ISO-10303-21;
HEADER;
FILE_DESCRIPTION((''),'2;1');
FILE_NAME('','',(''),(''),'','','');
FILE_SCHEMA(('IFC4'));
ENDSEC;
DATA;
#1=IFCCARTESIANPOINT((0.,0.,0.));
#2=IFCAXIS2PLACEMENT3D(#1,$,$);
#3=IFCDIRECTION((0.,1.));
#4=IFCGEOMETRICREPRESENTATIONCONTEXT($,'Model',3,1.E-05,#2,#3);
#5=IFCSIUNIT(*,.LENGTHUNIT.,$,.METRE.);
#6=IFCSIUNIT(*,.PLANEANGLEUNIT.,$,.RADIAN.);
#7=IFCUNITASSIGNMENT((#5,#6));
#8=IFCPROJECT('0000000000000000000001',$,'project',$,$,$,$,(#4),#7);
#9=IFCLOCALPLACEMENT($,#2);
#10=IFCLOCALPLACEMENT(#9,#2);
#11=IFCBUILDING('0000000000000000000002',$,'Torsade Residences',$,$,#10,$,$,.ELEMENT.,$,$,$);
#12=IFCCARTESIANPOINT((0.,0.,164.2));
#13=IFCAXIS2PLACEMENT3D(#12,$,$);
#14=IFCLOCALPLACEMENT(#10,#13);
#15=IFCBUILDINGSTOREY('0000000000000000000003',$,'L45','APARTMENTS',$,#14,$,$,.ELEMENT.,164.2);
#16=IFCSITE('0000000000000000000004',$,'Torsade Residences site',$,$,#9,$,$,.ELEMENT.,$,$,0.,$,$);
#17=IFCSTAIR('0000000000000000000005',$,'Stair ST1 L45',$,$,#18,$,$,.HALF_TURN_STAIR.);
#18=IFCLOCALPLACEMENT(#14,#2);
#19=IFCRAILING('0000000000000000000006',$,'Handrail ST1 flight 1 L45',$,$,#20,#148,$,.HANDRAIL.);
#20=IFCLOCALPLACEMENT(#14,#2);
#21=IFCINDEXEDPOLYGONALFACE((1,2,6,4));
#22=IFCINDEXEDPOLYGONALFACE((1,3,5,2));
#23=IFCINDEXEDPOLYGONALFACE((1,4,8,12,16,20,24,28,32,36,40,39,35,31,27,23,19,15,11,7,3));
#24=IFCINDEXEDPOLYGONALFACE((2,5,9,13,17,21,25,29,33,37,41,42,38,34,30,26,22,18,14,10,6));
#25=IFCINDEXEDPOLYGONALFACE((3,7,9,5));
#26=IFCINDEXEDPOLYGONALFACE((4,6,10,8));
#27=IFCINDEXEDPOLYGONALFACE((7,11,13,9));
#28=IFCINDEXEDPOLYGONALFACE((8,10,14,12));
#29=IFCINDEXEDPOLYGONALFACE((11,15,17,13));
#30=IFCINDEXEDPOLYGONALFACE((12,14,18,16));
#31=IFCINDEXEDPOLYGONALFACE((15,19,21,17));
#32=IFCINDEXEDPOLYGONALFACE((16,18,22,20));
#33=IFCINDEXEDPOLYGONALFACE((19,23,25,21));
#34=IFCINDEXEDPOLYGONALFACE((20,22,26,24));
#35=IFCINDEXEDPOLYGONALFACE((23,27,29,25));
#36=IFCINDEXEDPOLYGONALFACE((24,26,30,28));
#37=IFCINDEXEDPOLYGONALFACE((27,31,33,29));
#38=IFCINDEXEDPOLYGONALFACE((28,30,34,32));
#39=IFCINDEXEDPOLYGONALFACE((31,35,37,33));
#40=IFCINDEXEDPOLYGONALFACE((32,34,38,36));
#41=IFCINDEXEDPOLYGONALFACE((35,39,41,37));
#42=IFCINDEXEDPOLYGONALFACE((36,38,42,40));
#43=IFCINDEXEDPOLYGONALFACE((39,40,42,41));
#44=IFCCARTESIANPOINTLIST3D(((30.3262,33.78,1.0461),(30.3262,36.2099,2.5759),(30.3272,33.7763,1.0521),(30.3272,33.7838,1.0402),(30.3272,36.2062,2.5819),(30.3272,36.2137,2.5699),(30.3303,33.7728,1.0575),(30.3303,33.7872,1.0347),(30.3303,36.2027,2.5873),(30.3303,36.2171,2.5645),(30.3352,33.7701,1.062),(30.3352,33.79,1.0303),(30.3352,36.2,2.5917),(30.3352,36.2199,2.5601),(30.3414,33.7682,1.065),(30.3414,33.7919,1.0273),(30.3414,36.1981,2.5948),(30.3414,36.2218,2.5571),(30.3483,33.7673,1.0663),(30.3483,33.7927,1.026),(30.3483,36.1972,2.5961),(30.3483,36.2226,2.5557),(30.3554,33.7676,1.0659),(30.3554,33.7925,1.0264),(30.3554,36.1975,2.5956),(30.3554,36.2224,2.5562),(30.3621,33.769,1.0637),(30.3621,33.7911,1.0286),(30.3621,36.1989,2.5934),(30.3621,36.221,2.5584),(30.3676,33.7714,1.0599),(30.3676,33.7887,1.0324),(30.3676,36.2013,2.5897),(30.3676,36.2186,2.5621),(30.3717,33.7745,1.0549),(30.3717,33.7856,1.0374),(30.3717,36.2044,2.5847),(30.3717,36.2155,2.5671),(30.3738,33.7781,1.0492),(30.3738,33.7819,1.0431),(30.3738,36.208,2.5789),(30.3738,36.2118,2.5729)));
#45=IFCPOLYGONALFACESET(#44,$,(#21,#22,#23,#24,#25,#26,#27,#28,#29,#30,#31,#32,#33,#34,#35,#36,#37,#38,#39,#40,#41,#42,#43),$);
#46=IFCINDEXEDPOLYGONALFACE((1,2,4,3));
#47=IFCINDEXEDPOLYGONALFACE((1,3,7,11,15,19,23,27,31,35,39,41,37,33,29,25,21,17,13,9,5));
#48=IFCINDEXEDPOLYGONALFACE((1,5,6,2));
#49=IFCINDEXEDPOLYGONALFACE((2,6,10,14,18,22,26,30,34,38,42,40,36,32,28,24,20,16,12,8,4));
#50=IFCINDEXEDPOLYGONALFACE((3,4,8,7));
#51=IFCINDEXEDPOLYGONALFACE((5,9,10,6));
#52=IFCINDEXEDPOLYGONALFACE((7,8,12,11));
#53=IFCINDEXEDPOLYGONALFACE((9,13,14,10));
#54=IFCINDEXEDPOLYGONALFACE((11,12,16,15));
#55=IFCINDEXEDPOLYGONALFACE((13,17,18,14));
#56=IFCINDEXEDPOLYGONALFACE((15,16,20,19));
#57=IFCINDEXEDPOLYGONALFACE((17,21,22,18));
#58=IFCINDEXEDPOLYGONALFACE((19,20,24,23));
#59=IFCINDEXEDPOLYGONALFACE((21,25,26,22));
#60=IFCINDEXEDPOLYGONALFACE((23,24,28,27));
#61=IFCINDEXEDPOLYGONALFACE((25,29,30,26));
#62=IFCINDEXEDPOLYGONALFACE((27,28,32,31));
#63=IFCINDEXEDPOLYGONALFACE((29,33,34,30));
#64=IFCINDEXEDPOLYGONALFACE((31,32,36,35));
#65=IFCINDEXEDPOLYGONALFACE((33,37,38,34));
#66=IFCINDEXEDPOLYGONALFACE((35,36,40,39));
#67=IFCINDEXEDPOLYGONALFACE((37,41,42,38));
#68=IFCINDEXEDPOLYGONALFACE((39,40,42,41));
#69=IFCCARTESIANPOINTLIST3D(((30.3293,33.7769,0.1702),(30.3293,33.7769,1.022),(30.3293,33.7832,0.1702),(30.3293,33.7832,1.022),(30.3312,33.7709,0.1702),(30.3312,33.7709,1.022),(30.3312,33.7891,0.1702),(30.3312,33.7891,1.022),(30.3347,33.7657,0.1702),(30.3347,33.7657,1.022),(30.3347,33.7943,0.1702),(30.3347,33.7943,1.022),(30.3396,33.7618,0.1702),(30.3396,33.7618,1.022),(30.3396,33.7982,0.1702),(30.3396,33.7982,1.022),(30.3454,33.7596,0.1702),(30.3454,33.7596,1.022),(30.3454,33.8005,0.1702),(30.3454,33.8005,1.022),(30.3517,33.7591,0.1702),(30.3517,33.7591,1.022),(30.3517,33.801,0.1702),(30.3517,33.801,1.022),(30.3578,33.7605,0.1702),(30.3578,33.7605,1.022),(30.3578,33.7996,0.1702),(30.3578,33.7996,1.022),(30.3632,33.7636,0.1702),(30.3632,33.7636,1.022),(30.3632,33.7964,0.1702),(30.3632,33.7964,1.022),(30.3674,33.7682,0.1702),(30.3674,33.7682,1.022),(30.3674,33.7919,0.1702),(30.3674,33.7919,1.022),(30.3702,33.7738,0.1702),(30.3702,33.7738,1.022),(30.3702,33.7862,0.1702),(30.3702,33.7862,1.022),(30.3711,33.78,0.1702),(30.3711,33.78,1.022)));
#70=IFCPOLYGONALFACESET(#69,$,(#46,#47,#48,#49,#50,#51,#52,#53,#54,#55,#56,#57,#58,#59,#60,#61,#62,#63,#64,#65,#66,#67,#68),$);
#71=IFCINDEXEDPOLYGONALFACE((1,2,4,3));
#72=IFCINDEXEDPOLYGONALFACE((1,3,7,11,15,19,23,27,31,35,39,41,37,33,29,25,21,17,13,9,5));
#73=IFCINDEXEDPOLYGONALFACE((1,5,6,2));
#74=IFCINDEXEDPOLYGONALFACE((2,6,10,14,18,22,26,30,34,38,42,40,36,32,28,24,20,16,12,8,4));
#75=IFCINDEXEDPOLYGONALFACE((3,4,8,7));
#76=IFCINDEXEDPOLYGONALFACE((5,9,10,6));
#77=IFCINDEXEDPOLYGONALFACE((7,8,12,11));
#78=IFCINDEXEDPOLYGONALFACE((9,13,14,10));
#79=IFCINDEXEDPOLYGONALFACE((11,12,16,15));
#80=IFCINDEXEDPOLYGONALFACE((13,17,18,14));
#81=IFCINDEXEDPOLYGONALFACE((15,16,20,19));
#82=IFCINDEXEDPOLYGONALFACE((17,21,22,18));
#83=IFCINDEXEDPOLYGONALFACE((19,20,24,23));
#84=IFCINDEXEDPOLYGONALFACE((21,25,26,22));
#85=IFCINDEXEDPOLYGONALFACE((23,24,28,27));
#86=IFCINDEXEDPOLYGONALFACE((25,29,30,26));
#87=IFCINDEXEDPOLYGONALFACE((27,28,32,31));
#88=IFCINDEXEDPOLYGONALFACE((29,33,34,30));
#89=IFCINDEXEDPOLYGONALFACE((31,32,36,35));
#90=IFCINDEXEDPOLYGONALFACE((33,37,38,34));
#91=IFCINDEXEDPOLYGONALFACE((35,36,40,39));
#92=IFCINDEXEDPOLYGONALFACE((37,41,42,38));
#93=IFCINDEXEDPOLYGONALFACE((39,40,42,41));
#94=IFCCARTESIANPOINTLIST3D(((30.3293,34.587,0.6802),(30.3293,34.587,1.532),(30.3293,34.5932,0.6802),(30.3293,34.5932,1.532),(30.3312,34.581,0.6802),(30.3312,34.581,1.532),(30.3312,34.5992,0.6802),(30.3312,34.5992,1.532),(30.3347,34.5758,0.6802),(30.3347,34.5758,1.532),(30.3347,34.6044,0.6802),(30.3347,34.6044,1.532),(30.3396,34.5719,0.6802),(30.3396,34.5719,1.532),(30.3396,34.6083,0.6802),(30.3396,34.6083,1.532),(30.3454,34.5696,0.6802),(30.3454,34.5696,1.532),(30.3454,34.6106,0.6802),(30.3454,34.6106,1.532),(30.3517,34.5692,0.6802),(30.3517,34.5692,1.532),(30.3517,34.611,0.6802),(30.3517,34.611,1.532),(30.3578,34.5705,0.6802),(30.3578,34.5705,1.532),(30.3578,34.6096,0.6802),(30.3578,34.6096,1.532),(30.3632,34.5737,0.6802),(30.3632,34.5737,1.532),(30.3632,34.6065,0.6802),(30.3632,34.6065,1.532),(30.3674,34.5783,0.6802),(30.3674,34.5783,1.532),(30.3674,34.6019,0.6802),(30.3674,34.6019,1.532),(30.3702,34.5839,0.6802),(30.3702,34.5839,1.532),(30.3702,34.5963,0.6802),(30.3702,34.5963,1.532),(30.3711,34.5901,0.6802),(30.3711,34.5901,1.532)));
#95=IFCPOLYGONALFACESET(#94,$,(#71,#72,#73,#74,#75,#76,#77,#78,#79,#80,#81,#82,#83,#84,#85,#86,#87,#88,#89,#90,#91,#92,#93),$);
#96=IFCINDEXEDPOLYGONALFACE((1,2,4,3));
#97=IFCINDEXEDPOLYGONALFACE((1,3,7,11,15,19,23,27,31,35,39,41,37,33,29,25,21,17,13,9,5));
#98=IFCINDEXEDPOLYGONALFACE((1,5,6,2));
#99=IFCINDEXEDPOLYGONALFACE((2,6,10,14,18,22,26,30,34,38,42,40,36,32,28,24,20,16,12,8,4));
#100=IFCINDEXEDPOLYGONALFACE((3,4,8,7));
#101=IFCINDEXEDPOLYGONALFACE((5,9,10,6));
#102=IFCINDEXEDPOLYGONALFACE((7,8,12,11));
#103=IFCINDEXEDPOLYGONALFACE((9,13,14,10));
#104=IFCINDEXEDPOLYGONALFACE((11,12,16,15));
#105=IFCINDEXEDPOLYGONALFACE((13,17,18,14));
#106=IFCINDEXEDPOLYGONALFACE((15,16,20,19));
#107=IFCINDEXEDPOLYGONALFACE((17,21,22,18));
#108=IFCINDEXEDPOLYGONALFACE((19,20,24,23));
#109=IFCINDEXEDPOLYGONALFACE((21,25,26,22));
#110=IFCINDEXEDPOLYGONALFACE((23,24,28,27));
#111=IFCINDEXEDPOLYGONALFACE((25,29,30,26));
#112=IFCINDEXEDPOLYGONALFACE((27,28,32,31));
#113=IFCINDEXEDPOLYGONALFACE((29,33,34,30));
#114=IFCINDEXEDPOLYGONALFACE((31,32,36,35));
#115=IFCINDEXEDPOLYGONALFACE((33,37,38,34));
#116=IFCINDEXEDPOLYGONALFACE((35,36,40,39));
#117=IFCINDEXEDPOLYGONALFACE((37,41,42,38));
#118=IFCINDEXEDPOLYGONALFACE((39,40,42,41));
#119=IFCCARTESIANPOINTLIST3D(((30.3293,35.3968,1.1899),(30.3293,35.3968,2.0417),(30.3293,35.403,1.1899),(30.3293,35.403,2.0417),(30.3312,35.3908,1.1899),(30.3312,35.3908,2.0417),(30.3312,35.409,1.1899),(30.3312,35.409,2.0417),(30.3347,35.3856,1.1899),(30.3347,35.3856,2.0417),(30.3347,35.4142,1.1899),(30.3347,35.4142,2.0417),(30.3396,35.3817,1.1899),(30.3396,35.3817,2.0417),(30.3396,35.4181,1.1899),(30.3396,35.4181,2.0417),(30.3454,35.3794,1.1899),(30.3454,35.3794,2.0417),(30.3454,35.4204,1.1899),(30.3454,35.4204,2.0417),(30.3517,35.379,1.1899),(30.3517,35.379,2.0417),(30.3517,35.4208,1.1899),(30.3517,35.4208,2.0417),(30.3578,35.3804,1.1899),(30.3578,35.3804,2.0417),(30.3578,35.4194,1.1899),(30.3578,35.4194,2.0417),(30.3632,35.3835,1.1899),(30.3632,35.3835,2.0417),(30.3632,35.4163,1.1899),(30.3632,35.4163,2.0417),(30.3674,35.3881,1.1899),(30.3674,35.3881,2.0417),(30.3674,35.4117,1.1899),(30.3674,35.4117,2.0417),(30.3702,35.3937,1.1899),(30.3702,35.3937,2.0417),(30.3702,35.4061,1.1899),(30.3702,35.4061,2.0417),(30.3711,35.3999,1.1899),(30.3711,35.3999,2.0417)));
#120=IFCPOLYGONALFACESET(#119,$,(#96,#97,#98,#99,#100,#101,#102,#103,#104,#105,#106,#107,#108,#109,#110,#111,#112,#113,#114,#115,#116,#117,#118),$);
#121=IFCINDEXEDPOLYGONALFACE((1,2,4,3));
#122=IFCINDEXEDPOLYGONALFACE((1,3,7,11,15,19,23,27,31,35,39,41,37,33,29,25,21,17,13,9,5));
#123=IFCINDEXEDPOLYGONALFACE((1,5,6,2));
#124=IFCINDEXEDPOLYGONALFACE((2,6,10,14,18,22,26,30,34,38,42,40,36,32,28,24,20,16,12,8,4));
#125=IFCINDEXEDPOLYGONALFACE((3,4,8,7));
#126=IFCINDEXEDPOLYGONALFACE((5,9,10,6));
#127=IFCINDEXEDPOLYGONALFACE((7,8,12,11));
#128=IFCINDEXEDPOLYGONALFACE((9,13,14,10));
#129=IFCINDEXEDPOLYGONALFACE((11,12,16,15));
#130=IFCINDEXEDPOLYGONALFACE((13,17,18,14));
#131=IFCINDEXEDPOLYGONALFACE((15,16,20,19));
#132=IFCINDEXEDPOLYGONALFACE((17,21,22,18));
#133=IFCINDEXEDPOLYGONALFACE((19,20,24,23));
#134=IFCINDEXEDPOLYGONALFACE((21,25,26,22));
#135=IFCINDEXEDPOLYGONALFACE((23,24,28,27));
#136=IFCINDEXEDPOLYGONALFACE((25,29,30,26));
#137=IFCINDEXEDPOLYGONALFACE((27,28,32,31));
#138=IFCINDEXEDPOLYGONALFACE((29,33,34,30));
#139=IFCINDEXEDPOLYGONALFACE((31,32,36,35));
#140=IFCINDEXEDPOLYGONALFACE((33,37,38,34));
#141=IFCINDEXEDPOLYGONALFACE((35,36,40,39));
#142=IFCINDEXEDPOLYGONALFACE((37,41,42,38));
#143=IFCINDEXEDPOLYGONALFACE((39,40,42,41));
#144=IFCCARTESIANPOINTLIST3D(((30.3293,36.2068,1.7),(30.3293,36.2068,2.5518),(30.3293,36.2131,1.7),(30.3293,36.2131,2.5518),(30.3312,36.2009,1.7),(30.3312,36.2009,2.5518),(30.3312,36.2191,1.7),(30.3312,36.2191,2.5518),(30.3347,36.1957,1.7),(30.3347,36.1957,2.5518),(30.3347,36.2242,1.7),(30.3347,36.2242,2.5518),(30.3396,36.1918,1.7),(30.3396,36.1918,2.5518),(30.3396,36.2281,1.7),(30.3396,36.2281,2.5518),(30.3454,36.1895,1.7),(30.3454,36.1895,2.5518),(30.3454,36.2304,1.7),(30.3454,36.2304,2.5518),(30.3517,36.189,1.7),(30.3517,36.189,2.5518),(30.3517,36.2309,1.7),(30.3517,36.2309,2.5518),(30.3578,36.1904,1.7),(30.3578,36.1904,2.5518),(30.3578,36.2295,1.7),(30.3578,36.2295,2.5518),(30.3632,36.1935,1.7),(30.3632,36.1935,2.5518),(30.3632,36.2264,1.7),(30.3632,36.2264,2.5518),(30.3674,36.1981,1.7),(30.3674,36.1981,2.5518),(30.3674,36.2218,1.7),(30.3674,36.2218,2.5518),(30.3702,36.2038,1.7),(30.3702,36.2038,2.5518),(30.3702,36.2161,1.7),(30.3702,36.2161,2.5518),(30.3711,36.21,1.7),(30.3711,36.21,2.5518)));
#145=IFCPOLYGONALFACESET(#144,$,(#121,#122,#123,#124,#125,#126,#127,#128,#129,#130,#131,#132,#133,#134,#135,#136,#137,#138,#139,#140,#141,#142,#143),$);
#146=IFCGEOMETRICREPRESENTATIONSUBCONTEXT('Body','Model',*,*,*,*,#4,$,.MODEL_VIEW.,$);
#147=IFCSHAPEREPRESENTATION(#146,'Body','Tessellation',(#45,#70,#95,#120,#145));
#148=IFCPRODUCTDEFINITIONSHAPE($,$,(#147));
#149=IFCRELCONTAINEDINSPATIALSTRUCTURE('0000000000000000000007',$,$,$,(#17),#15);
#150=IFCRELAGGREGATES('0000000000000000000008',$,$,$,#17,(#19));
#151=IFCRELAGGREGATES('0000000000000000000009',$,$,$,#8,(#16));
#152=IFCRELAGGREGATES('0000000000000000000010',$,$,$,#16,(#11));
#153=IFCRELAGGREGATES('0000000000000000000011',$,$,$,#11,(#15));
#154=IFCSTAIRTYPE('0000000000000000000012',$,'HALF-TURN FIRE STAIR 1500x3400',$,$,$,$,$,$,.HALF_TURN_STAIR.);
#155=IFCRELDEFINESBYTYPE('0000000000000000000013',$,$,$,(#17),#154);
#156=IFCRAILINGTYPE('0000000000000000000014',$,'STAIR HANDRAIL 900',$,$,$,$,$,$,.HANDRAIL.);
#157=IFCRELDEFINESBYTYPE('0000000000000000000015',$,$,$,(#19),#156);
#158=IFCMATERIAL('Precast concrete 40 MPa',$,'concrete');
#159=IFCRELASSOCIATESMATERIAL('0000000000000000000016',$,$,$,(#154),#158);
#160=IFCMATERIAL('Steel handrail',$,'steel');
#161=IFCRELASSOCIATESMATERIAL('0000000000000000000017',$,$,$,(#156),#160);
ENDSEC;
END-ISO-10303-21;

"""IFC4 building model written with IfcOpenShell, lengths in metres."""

from ifc_helpers import new_model, si_unit, direction, frame, origin, origin_2d, place, context, subcontext, project, spatial, circle, extrude, material, type_object, element, aggregate, save


model = new_model("IFC4")

# Units and contexts
model_context = context("Model", 3, precision=1e-05, world=origin(), true_north=direction((0.0, 1.0)))
body_context = subcontext(model_context, "Body", "Model", "MODEL_VIEW")
ifc_project = project(units=[si_unit("LENGTHUNIT", "METRE"), si_unit("PLANEANGLEUNIT", "RADIAN")], contexts=[model_context])

# Site, building, storey
site_placement = place(None, origin())
site = spatial("IfcSite", under=ifc_project, at=site_placement, Name="Torsade Residences site", CompositionType="ELEMENT", RefElevation=0.0)
building_placement = place(site_placement, origin())
building = spatial("IfcBuilding", under=site, at=building_placement, Name="Torsade Residences", CompositionType="ELEMENT")
storey_placement = place(building_placement, frame((0.0, 0.0, 164.2)))
storey = spatial("IfcBuildingStorey", under=building, at=storey_placement, Name="L45", Description="APARTMENTS", CompositionType="ELEMENT", Elevation=164.2)

# Stair, railing
ifc_material_1 = material(Name="Precast concrete 40 MPa", Category="concrete")
stair_type = type_object("IfcStairType", Name="HALF-TURN FIRE STAIR 1500x3400", PredefinedType="HALF_TURN_STAIR", material=ifc_material_1)
stair_placement = place(storey_placement, origin())
stair = element("IfcStair", 1, at=stair_placement, inside=storey, type_object=stair_type, Name="Stair ST1 L45", PredefinedType="HALF_TURN_STAIR")
ifc_material_2 = material(Name="Steel handrail", Category="steel")
railing_type = type_object("IfcRailingType", Name="STAIR HANDRAIL 900", PredefinedType="HANDRAIL", material=ifc_material_2)
railing_1_placement = place(storey_placement, frame((30.3501, 33.78, 0.1702)))
railing_1 = element("IfcRailing", 2, at=railing_1_placement, type_object=railing_type, Name="Handrail ST1 flight 1 L45", PredefinedType="HANDRAIL", context=body_context, shape_type="SweptSolid", body=[
    extrude(circle(Radius=0.0239, at=origin_2d()), frame((0.0, 0.0, 0.876), z_axis=(0.0, 0.84626, 0.53277), x_axis=(-1.0, 0.0, 0.0)), (0.0, 0.0, 1.0), 2.8713),
    extrude(circle(Radius=0.021, at=origin_2d()), origin(), (0.0, 0.0, 1.0), 0.8518),
    extrude(circle(Radius=0.021, at=origin_2d()), frame((0.0, 0.8101, 0.51)), (0.0, 0.0, 1.0), 0.8518),
    extrude(circle(Radius=0.021, at=origin_2d()), frame((0.0, 1.6199, 1.0198)), (0.0, 0.0, 1.0), 0.8518),
    extrude(circle(Radius=0.021, at=origin_2d()), frame((0.0, 2.4299, 1.5298)), (0.0, 0.0, 1.0), 0.8518),
])
aggregate(stair, [railing_1])

save(model, "model.ifc")
